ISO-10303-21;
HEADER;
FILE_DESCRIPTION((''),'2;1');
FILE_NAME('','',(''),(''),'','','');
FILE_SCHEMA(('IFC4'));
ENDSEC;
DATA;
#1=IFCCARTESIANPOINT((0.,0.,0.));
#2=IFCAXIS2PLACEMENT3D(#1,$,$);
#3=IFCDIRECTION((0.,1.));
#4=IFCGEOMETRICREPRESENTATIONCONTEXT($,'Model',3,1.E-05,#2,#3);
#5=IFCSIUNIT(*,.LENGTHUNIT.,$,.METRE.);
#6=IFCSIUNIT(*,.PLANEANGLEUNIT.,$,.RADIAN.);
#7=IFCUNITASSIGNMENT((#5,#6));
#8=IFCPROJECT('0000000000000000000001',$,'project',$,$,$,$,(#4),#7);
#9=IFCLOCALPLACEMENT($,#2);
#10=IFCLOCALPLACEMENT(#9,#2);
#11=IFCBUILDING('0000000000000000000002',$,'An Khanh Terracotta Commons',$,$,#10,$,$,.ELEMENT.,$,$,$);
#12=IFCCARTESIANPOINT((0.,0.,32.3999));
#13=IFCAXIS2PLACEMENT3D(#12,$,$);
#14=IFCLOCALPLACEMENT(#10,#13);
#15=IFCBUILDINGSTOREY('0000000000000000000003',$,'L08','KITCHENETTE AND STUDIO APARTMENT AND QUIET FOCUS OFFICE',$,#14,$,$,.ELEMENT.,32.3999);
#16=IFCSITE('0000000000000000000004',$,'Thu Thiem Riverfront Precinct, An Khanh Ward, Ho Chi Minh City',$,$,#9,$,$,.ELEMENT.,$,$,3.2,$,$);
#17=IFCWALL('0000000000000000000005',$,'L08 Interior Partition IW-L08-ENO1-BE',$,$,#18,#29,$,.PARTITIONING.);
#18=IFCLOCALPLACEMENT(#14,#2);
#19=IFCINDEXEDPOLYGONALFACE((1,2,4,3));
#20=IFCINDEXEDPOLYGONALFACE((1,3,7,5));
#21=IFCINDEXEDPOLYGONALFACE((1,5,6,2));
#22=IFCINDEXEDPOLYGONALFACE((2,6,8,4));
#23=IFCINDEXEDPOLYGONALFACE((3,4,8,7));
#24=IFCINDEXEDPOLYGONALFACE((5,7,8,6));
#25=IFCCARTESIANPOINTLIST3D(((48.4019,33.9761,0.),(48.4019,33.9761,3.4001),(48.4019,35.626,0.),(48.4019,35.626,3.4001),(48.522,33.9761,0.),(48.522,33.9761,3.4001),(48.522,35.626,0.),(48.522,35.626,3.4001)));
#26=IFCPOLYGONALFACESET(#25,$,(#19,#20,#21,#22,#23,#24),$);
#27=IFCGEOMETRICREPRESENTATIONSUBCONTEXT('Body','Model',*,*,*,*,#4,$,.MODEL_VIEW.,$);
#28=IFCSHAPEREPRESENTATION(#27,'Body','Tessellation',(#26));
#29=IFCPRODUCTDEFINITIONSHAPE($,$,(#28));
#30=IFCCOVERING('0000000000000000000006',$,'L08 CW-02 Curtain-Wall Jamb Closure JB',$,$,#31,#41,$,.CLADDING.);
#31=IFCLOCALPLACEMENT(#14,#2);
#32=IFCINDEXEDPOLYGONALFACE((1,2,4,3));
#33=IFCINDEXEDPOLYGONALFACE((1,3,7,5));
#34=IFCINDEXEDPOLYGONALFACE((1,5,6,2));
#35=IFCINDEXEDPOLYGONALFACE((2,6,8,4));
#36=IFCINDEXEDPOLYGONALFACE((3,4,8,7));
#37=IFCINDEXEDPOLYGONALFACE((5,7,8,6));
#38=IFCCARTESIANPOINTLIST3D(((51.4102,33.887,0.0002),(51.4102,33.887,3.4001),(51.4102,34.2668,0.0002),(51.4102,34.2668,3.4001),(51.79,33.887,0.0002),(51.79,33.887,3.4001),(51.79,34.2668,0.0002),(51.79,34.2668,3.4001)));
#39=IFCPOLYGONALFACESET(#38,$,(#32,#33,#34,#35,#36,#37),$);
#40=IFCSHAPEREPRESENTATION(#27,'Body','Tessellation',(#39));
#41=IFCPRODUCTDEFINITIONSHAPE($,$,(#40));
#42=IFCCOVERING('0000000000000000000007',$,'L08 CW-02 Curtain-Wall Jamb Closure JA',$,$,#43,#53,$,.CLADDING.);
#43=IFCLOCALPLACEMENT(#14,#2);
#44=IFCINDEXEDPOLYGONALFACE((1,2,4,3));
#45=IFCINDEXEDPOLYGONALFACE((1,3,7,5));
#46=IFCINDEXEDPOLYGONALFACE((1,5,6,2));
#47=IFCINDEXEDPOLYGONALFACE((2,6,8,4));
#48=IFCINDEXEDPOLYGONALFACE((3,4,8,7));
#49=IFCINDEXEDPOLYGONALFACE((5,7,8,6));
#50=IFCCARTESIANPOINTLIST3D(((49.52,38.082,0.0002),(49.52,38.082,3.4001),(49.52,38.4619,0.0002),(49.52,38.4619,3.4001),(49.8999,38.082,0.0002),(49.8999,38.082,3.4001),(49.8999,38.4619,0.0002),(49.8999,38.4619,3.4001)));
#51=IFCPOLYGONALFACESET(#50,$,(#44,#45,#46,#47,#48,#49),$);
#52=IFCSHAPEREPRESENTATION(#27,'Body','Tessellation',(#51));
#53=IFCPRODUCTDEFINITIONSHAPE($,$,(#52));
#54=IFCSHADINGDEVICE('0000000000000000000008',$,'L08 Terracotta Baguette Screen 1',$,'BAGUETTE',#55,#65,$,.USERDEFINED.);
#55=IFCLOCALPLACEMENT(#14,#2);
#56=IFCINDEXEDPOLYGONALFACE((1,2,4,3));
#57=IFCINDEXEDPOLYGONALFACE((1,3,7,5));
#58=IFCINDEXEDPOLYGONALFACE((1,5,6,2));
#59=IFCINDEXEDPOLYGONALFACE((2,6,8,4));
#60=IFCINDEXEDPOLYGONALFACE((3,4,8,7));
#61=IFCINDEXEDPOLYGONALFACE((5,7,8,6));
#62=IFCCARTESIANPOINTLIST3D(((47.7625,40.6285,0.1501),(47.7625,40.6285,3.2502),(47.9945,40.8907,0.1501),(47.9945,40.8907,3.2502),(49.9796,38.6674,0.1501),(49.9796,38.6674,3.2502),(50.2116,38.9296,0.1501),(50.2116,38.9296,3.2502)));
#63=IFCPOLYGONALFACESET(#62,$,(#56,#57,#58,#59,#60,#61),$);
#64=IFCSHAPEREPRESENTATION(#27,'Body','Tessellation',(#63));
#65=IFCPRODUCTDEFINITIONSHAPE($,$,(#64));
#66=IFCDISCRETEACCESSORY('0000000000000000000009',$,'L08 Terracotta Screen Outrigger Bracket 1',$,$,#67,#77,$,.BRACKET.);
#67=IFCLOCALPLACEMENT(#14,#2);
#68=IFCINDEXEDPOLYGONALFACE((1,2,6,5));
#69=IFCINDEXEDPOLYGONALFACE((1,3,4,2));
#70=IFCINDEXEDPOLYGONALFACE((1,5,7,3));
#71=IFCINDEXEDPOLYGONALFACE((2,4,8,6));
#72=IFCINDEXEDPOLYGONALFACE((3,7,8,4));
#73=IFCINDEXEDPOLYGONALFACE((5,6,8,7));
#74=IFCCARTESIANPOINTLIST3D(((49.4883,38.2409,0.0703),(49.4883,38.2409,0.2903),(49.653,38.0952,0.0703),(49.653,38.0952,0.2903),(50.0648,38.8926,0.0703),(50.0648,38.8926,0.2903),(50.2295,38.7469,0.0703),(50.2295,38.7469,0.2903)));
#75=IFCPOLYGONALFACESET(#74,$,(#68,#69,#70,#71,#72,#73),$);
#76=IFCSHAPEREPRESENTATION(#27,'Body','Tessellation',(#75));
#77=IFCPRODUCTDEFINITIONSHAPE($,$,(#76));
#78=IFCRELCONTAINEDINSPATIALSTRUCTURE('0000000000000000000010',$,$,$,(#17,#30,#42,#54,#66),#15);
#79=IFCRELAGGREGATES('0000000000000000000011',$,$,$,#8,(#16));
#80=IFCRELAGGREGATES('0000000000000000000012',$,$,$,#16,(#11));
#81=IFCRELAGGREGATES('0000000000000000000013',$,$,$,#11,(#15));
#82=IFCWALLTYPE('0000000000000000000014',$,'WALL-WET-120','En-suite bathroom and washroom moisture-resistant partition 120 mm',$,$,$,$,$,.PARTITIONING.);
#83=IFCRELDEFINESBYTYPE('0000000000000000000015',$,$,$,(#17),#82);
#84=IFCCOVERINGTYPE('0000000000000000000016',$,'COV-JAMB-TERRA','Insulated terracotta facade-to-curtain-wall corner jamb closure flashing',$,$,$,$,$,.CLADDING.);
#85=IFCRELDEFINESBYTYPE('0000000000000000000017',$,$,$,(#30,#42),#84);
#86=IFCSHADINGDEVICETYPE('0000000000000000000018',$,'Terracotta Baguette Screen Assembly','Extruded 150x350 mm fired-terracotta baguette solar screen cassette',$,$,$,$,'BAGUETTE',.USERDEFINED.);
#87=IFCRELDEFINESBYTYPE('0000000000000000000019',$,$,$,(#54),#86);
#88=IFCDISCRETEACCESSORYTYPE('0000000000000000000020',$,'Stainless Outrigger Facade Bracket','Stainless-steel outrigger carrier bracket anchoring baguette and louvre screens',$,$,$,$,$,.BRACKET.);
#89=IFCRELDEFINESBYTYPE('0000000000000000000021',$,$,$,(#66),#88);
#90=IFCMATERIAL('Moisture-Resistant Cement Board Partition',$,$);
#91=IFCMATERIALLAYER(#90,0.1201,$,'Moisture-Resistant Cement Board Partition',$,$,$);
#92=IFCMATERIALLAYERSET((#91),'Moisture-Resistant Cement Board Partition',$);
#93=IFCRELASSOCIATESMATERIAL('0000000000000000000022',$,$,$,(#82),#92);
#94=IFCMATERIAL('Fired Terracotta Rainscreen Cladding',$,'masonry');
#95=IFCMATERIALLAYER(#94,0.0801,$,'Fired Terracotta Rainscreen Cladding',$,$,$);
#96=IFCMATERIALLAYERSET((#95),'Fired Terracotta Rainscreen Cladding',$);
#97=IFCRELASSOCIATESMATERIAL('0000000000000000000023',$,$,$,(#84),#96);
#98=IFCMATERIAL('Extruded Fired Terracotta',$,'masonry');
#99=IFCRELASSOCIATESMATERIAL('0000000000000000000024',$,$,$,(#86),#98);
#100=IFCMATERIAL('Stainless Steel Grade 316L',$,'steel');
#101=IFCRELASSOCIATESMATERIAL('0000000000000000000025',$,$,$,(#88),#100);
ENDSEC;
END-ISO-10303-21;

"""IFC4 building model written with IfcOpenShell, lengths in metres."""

from ifc_helpers import new_model, si_unit, direction, frame, frame_2d, origin, origin_2d, place, context, subcontext, project, spatial, rectangle, extrude, material, layer, layer_set, type_object, element, save


model = new_model("IFC4")

# Units and contexts
model_context = context("Model", 3, precision=1e-05, world=origin(), true_north=direction((0.0, 1.0)))
body_context = subcontext(model_context, "Body", "Model", "MODEL_VIEW")
ifc_project = project(units=[si_unit("LENGTHUNIT", "METRE"), si_unit("PLANEANGLEUNIT", "RADIAN")], contexts=[model_context])

# Site, building, storey
site_placement = place(None, origin())
site = spatial("IfcSite", under=ifc_project, at=site_placement, Name="Thu Thiem Riverfront Precinct, An Khanh Ward, Ho Chi Minh City", CompositionType="ELEMENT", RefElevation=3.2)
building_placement = place(site_placement, origin())
building = spatial("IfcBuilding", under=site, at=building_placement, Name="An Khanh Terracotta Commons", CompositionType="ELEMENT")
storey_placement = place(building_placement, frame((0.0, 0.0, 32.3999)))
storey = spatial("IfcBuildingStorey", under=building, at=storey_placement, Name="L08", Description="KITCHENETTE AND STUDIO APARTMENT AND QUIET FOCUS OFFICE", CompositionType="ELEMENT", Elevation=32.3999)

# Shared definitions
ifc_material_1 = material(Name="Moisture-Resistant Cement Board Partition")
ifc_layer_1 = layer(ifc_material_1, 0.1201, Name="Moisture-Resistant Cement Board Partition")
ifc_layer_set_1 = layer_set([ifc_layer_1], Name="Moisture-Resistant Cement Board Partition")
wall_type_1 = type_object("IfcWallType", Name="WALL-WET-120", Description="En-suite bathroom and washroom moisture-resistant partition 120 mm", PredefinedType="PARTITIONING", material=ifc_layer_set_1)

# Wall
for number, where, z_axis, x_axis, name in (
    (1, (48.4619, 33.9761, 0.0), (0.0, 0.0, 1.0), (0.0, 1.0, 0.0), "L08 Interior Partition IW-L08-ENO1-BE"),
):
    element("IfcWall", number, at=place(storey_placement, frame(where, z_axis=z_axis, x_axis=x_axis)), inside=storey, type_object=wall_type_1, Name=name, PredefinedType="PARTITIONING", context=body_context, shape_type="SweptSolid", body=[
        extrude(rectangle(XDim=1.6499, YDim=0.1201, at=frame_2d((0.825, 0.0))), origin(), (0.0, 0.0, 1.0), 3.4001),
    ])

# Coverings
ifc_material_2 = material(Name="Fired Terracotta Rainscreen Cladding", Category="masonry")
ifc_layer_2 = layer(ifc_material_2, 0.0801, Name="Fired Terracotta Rainscreen Cladding")
ifc_layer_set_2 = layer_set([ifc_layer_2], Name="Fired Terracotta Rainscreen Cladding")
covering_type = type_object("IfcCoveringType", Name="COV-JAMB-TERRA", Description="Insulated terracotta facade-to-curtain-wall corner jamb closure flashing", PredefinedType="CLADDING", material=ifc_layer_set_2)
for number, where, z_axis, x_axis, name in (
    (2, (51.6001, 34.0769, 0.0002), (0.0, 0.0, 1.0), (1.0, 0.0, 0.0), "L08 CW-02 Curtain-Wall Jamb Closure JB"),
    (3, (49.71, 38.272, 0.0002), (0.0, 0.0, 1.0), (1.0, 0.0, 0.0), "L08 CW-02 Curtain-Wall Jamb Closure JA"),
):
    element("IfcCovering", number, at=place(storey_placement, frame(where, z_axis=z_axis, x_axis=x_axis)), inside=storey, type_object=covering_type, Name=name, PredefinedType="CLADDING", context=body_context, shape_type="SweptSolid", body=[
        extrude(rectangle(XDim=0.3799, YDim=0.3799, at=origin_2d()), origin(), (0.0, 0.0, 1.0), 3.3999),
    ])

# Shading device
ifc_material_3 = material(Name="Extruded Fired Terracotta", Category="masonry")
shading_device_type = type_object("IfcShadingDeviceType", Name="Terracotta Baguette Screen Assembly", Description="Extruded 150x350 mm fired-terracotta baguette solar screen cassette", ElementType="BAGUETTE", PredefinedType="USERDEFINED", material=ifc_material_3)
shading_device_placement = place(storey_placement, frame((48.9871, 39.7791, 0.1501), z_axis=(0.0, 0.0, 1.0), x_axis=(-0.749019, 0.662548, 0.0)))
element("IfcShadingDevice", 4, at=shading_device_placement, inside=storey, type_object=shading_device_type, Name="L08 Terracotta Baguette Screen 1", ObjectType="BAGUETTE", PredefinedType="USERDEFINED", context=body_context, shape_type="SweptSolid", body=[
    extrude(rectangle(XDim=2.96, YDim=0.3501, at=origin_2d()), origin(), (0.0, 0.0, 1.0), 3.1001),
])

# Discrete accessory
ifc_material_4 = material(Name="Stainless Steel Grade 316L", Category="steel")
discrete_accessory_type = type_object("IfcDiscreteAccessoryType", Name="Stainless Outrigger Facade Bracket", Description="Stainless-steel outrigger carrier bracket anchoring baguette and louvre screens", PredefinedType="BRACKET", material=ifc_material_4)
discrete_accessory_placement = place(storey_placement, frame((49.8589, 38.4939, 0.0703), z_axis=(0.0, 0.0, 1.0), x_axis=(-0.749019, 0.662548, 0.0)))
element("IfcDiscreteAccessory", 5, at=discrete_accessory_placement, inside=storey, type_object=discrete_accessory_type, Name="L08 Terracotta Screen Outrigger Bracket 1", PredefinedType="BRACKET", context=body_context, shape_type="SweptSolid", body=[
    extrude(rectangle(XDim=0.22, YDim=0.8701, at=origin_2d()), origin(), (0.0, 0.0, 1.0), 0.22),
])

save(model, "model.ifc")
